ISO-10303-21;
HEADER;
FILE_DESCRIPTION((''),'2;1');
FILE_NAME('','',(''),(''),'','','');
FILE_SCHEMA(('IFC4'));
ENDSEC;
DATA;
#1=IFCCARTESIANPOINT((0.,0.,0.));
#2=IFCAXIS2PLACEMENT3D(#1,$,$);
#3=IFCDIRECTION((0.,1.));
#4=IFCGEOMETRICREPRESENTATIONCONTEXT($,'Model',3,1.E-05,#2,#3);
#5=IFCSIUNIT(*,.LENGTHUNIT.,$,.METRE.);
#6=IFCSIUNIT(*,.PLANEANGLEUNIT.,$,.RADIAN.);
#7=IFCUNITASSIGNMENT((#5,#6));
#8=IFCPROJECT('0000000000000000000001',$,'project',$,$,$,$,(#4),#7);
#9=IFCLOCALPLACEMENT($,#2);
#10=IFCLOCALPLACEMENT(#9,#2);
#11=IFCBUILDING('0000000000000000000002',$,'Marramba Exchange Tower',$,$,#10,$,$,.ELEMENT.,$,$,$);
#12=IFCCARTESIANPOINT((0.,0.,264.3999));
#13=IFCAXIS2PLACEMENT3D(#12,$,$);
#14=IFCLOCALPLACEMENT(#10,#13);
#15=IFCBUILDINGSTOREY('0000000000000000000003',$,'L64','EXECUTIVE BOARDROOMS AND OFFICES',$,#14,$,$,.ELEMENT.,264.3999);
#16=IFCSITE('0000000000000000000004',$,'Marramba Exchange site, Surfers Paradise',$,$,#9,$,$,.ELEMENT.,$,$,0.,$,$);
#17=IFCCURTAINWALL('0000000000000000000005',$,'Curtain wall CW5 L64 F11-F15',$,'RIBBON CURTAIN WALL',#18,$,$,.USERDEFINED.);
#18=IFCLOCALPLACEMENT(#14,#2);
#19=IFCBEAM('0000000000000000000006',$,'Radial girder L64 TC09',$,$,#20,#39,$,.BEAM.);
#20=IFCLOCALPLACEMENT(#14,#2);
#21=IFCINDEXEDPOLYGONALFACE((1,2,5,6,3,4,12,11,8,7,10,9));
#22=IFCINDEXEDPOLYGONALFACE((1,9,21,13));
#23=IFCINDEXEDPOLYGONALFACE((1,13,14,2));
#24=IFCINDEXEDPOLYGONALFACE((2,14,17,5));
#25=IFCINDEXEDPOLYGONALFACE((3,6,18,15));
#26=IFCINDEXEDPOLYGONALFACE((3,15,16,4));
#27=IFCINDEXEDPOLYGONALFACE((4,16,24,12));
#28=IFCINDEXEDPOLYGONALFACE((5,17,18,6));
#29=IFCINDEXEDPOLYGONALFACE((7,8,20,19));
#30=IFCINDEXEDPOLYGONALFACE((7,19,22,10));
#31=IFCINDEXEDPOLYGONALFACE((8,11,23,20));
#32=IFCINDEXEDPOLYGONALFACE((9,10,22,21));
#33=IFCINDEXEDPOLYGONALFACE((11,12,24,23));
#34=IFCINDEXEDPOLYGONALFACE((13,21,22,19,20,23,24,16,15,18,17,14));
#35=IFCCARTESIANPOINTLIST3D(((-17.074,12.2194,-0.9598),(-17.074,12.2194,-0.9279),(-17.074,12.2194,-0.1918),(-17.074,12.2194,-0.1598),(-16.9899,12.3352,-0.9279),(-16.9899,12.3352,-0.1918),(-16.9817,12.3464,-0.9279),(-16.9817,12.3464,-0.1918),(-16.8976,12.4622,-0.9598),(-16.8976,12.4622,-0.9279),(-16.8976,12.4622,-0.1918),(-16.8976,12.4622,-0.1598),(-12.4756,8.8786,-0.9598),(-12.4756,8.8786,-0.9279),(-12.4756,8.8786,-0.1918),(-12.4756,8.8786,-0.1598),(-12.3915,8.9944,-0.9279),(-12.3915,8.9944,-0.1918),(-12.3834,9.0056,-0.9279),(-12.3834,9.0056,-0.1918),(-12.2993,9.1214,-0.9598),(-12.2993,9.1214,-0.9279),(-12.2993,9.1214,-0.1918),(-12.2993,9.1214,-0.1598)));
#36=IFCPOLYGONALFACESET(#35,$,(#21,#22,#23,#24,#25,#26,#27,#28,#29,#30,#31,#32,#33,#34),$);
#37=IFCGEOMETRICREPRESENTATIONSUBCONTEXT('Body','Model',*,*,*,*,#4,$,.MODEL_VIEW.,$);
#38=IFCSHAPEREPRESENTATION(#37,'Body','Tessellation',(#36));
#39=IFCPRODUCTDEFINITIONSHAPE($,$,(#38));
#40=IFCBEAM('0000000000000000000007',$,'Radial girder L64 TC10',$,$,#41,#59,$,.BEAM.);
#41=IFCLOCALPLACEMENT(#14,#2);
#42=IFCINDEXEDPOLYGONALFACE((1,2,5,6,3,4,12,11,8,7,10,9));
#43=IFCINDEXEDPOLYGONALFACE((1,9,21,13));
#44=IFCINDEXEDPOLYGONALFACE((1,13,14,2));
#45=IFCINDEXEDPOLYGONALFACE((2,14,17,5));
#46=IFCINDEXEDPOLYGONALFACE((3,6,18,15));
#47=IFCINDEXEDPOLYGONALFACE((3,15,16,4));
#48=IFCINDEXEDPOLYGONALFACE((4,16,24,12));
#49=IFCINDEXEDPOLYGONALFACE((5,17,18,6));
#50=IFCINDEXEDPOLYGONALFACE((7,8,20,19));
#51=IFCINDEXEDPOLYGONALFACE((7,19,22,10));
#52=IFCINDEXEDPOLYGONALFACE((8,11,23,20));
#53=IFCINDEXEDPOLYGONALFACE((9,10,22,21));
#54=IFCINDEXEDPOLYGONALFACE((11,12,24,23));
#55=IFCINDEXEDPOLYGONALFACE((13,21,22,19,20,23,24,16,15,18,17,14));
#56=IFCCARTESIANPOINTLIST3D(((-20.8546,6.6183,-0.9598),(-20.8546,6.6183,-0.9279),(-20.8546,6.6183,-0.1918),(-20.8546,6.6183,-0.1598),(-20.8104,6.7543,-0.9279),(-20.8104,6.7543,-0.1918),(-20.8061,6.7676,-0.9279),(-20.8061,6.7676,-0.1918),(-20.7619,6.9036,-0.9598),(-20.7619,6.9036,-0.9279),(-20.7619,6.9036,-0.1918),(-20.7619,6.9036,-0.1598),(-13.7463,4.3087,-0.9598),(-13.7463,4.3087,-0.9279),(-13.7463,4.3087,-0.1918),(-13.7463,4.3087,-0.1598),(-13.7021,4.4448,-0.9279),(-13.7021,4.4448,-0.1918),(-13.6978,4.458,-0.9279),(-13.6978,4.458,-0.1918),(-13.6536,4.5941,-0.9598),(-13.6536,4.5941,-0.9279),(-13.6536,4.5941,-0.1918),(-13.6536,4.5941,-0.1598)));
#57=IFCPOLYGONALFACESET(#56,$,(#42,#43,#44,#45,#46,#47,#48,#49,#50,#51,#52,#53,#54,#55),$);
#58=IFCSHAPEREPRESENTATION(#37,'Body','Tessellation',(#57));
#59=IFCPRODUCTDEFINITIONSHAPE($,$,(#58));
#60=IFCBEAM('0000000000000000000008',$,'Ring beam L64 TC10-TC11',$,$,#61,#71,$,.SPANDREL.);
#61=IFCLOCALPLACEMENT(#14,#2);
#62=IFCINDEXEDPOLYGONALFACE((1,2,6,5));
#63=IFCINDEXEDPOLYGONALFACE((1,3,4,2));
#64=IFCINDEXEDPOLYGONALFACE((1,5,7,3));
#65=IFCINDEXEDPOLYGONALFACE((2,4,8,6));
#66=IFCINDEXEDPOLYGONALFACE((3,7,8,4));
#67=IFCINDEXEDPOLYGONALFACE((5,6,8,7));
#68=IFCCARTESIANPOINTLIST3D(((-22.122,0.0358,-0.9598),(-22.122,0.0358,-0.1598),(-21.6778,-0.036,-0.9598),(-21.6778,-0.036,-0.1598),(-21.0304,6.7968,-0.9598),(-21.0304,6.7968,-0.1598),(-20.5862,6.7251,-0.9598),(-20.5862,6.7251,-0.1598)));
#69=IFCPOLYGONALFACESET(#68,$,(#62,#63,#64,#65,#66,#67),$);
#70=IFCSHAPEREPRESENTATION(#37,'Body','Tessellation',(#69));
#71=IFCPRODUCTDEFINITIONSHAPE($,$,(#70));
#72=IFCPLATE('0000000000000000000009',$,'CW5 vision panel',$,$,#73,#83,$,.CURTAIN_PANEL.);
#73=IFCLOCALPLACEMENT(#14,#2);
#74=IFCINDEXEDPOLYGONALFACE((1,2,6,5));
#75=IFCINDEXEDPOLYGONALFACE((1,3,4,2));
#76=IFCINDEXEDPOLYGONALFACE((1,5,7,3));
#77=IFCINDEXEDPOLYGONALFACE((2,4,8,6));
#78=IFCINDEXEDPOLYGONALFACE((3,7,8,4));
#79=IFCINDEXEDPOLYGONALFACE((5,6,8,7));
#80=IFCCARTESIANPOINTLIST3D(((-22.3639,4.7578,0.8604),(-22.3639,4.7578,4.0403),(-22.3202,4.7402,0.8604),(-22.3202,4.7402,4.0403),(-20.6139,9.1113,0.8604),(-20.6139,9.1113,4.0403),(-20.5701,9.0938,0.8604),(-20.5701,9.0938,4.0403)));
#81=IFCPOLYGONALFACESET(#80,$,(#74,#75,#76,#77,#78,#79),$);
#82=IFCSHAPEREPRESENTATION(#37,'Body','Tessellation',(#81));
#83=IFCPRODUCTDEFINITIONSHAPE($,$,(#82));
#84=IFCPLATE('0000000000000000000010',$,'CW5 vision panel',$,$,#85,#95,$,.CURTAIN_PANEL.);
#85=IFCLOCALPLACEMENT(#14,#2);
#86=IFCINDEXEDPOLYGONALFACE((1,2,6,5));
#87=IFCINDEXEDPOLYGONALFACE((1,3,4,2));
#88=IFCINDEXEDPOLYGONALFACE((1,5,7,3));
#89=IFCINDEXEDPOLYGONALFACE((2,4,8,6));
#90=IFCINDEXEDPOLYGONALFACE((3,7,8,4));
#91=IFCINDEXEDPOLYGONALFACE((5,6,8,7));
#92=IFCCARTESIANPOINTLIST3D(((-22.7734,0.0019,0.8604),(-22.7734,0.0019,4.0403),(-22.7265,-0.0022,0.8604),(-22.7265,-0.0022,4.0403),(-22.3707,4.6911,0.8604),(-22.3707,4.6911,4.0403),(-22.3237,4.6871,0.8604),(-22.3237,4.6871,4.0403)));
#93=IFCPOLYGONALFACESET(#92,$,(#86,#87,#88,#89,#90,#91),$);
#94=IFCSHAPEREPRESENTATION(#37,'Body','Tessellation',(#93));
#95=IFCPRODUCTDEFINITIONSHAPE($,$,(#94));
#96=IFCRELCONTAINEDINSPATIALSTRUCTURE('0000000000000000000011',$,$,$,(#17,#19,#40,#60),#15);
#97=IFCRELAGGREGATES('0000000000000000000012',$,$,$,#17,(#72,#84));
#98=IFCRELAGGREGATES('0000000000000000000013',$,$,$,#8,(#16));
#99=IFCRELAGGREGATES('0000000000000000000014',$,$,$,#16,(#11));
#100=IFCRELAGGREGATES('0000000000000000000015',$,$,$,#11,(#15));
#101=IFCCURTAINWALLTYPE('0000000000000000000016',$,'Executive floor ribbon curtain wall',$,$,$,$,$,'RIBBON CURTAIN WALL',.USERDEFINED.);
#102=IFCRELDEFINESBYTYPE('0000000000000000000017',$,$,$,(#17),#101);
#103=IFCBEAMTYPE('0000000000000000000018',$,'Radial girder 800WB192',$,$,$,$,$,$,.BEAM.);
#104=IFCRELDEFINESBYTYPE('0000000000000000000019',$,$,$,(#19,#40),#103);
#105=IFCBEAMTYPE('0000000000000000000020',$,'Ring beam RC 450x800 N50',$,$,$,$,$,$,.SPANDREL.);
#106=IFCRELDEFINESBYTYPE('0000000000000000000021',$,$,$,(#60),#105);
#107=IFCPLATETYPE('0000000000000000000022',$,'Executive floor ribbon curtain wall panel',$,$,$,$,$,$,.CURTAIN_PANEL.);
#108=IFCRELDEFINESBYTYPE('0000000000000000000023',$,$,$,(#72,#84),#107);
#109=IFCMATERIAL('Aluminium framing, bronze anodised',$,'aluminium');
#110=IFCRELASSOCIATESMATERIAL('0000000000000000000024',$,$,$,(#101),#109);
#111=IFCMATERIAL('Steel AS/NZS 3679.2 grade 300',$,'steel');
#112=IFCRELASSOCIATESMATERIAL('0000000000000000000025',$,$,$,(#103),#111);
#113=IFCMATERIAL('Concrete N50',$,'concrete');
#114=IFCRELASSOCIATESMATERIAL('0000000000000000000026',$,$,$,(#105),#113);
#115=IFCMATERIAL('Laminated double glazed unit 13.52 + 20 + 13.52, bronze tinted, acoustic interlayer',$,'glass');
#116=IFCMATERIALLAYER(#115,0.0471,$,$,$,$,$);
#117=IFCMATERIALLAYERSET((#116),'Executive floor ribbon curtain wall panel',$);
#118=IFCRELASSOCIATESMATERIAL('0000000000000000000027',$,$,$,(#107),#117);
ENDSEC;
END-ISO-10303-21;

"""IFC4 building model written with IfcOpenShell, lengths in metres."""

from ifc_helpers import new_model, si_unit, direction, frame, origin, origin_2d, place, context, subcontext, project, spatial, rectangle, i_section, extrude, material, layer, layer_set, material_profile, profile_set, type_object, element, aggregate, save


model = new_model("IFC4")

# Units and contexts
model_context = context("Model", 3, precision=1e-05, world=origin(), true_north=direction((0.0, 1.0)))
body_context = subcontext(model_context, "Body", "Model", "MODEL_VIEW")
ifc_project = project(units=[si_unit("LENGTHUNIT", "METRE"), si_unit("PLANEANGLEUNIT", "RADIAN")], contexts=[model_context])

# Site, building, storey
site_placement = place(None, origin())
site = spatial("IfcSite", under=ifc_project, at=site_placement, Name="Marramba Exchange site, Surfers Paradise", CompositionType="ELEMENT", RefElevation=0.0)
building_placement = place(site_placement, origin())
building = spatial("IfcBuilding", under=site, at=building_placement, Name="Marramba Exchange Tower", CompositionType="ELEMENT")
storey_placement = place(building_placement, frame((0.0, 0.0, 264.3999)))
storey = spatial("IfcBuildingStorey", under=building, at=storey_placement, Name="L64", Description="EXECUTIVE BOARDROOMS AND OFFICES", CompositionType="ELEMENT", Elevation=264.3999)

# Shared definitions
ifc_material_1 = material(Name="Concrete N50", Category="concrete")

# Curtain wall
ifc_material_2 = material(Name="Aluminium framing, bronze anodised", Category="aluminium")
curtain_wall_type = type_object("IfcCurtainWallType", Name="Executive floor ribbon curtain wall", ElementType="RIBBON CURTAIN WALL", PredefinedType="USERDEFINED", material=ifc_material_2)
curtain_wall_placement = place(storey_placement, origin())
curtain_wall = element("IfcCurtainWall", 1, at=curtain_wall_placement, inside=storey, type_object=curtain_wall_type, Name="Curtain wall CW5 L64 F11-F15", ObjectType="RIBBON CURTAIN WALL", PredefinedType="USERDEFINED")

# Beams
ifc_material_3 = material(Name="Steel AS/NZS 3679.2 grade 300", Category="steel")
ifc_material_profile_1 = material_profile(ifc_material_3, i_section(OverallWidth=0.3, OverallDepth=0.8, WebThickness=0.0139, FlangeThickness=0.032, at=origin_2d()), Name="800WB192")
ifc_profile_set_1 = profile_set([ifc_material_profile_1], Name="Steel AS/NZS 3679.2 grade 300")
beam_type_1 = type_object("IfcBeamType", Name="Radial girder 800WB192", PredefinedType="BEAM", material=ifc_profile_set_1)
beam_1_placement = place(storey_placement, frame((-12.3875, 9.0, -0.5598), z_axis=(-0.809026, 0.587773, 0.0), x_axis=(-0.587773, -0.809026, 0.0)))
element("IfcBeam", 2, at=beam_1_placement, inside=storey, type_object=beam_type_1, Name="Radial girder L64 TC09", PredefinedType="BEAM", context=body_context, shape_type="SweptSolid", body=[
    extrude(i_section(OverallWidth=0.3, OverallDepth=0.8, WebThickness=0.0139, FlangeThickness=0.032, at=origin_2d()), origin(), (0.0, 0.0, 1.0), 5.6838),
])
beam_2_placement = place(storey_placement, frame((-13.7, 4.4514, -0.5598), z_axis=(-0.95106, 0.309006, 0.0), x_axis=(-0.309006, -0.95106, 0.0)))
element("IfcBeam", 3, at=beam_2_placement, inside=storey, type_object=beam_type_1, Name="Radial girder L64 TC10", PredefinedType="BEAM", context=body_context, shape_type="SweptSolid", body=[
    extrude(i_section(OverallWidth=0.3, OverallDepth=0.8, WebThickness=0.0139, FlangeThickness=0.032, at=origin_2d()), origin(), (0.0, 0.0, 1.0), 7.4741),
])
ifc_material_profile_2 = material_profile(ifc_material_1, rectangle(XDim=0.45, YDim=0.8, at=origin_2d()), Name="RC 450x800")
ifc_profile_set_2 = profile_set([ifc_material_profile_2], Name="Concrete N50")
beam_type_2 = type_object("IfcBeamType", Name="Ring beam RC 450x800 N50", PredefinedType="SPANDREL", material=ifc_profile_set_2)
beam_3_placement = place(storey_placement, frame((-20.8083, 6.761, -0.5598), z_axis=(-0.159385, -0.987217, 0.0), x_axis=(0.987217, -0.159385, 0.0)))
element("IfcBeam", 4, at=beam_3_placement, inside=storey, type_object=beam_type_2, Name="Ring beam L64 TC10-TC11", PredefinedType="SPANDREL", context=body_context, shape_type="SweptSolid", body=[
    extrude(rectangle(XDim=0.45, YDim=0.8, at=origin_2d()), origin(), (0.0, 0.0, 1.0), 6.8486),
])

# Plates
ifc_material_4 = material(Name="Laminated double glazed unit 13.52 + 20 + 13.52, bronze tinted, acoustic interlayer", Category="glass")
ifc_layer_1 = layer(ifc_material_4, 0.0471)
ifc_layer_set_1 = layer_set([ifc_layer_1], Name="Executive floor ribbon curtain wall panel")
plate_type = type_object("IfcPlateType", Name="Executive floor ribbon curtain wall panel", PredefinedType="CURTAIN_PANEL", material=ifc_layer_set_1)
plate_1_placement = place(storey_placement, frame((-21.467, 6.9258, 0.8604), z_axis=(0.0, 0.0, 1.0), x_axis=(-0.372983, -0.927838, 0.0)))
plate_1 = element("IfcPlate", 5, at=plate_1_placement, type_object=plate_type, Name="CW5 vision panel", PredefinedType="CURTAIN_PANEL", context=body_context, shape_type="SweptSolid", body=[
    extrude(rectangle(XDim=4.6921, YDim=0.0471, at=origin_2d()), origin(), (0.0, 0.0, 1.0), 3.1799),
])
plate_2_placement = place(storey_placement, frame((-22.5486, 2.3445, 0.8604), z_axis=(0.0, 0.0, 1.0), x_axis=(-0.085574, -0.996332, 0.0)))
plate_2 = element("IfcPlate", 6, at=plate_2_placement, type_object=plate_type, Name="CW5 vision panel", PredefinedType="CURTAIN_PANEL", context=body_context, shape_type="SweptSolid", body=[
    extrude(rectangle(XDim=4.7065, YDim=0.0471, at=origin_2d()), origin(), (0.0, 0.0, 1.0), 3.1799),
])
aggregate(curtain_wall, [plate_1, plate_2])

save(model, "model.ifc")
